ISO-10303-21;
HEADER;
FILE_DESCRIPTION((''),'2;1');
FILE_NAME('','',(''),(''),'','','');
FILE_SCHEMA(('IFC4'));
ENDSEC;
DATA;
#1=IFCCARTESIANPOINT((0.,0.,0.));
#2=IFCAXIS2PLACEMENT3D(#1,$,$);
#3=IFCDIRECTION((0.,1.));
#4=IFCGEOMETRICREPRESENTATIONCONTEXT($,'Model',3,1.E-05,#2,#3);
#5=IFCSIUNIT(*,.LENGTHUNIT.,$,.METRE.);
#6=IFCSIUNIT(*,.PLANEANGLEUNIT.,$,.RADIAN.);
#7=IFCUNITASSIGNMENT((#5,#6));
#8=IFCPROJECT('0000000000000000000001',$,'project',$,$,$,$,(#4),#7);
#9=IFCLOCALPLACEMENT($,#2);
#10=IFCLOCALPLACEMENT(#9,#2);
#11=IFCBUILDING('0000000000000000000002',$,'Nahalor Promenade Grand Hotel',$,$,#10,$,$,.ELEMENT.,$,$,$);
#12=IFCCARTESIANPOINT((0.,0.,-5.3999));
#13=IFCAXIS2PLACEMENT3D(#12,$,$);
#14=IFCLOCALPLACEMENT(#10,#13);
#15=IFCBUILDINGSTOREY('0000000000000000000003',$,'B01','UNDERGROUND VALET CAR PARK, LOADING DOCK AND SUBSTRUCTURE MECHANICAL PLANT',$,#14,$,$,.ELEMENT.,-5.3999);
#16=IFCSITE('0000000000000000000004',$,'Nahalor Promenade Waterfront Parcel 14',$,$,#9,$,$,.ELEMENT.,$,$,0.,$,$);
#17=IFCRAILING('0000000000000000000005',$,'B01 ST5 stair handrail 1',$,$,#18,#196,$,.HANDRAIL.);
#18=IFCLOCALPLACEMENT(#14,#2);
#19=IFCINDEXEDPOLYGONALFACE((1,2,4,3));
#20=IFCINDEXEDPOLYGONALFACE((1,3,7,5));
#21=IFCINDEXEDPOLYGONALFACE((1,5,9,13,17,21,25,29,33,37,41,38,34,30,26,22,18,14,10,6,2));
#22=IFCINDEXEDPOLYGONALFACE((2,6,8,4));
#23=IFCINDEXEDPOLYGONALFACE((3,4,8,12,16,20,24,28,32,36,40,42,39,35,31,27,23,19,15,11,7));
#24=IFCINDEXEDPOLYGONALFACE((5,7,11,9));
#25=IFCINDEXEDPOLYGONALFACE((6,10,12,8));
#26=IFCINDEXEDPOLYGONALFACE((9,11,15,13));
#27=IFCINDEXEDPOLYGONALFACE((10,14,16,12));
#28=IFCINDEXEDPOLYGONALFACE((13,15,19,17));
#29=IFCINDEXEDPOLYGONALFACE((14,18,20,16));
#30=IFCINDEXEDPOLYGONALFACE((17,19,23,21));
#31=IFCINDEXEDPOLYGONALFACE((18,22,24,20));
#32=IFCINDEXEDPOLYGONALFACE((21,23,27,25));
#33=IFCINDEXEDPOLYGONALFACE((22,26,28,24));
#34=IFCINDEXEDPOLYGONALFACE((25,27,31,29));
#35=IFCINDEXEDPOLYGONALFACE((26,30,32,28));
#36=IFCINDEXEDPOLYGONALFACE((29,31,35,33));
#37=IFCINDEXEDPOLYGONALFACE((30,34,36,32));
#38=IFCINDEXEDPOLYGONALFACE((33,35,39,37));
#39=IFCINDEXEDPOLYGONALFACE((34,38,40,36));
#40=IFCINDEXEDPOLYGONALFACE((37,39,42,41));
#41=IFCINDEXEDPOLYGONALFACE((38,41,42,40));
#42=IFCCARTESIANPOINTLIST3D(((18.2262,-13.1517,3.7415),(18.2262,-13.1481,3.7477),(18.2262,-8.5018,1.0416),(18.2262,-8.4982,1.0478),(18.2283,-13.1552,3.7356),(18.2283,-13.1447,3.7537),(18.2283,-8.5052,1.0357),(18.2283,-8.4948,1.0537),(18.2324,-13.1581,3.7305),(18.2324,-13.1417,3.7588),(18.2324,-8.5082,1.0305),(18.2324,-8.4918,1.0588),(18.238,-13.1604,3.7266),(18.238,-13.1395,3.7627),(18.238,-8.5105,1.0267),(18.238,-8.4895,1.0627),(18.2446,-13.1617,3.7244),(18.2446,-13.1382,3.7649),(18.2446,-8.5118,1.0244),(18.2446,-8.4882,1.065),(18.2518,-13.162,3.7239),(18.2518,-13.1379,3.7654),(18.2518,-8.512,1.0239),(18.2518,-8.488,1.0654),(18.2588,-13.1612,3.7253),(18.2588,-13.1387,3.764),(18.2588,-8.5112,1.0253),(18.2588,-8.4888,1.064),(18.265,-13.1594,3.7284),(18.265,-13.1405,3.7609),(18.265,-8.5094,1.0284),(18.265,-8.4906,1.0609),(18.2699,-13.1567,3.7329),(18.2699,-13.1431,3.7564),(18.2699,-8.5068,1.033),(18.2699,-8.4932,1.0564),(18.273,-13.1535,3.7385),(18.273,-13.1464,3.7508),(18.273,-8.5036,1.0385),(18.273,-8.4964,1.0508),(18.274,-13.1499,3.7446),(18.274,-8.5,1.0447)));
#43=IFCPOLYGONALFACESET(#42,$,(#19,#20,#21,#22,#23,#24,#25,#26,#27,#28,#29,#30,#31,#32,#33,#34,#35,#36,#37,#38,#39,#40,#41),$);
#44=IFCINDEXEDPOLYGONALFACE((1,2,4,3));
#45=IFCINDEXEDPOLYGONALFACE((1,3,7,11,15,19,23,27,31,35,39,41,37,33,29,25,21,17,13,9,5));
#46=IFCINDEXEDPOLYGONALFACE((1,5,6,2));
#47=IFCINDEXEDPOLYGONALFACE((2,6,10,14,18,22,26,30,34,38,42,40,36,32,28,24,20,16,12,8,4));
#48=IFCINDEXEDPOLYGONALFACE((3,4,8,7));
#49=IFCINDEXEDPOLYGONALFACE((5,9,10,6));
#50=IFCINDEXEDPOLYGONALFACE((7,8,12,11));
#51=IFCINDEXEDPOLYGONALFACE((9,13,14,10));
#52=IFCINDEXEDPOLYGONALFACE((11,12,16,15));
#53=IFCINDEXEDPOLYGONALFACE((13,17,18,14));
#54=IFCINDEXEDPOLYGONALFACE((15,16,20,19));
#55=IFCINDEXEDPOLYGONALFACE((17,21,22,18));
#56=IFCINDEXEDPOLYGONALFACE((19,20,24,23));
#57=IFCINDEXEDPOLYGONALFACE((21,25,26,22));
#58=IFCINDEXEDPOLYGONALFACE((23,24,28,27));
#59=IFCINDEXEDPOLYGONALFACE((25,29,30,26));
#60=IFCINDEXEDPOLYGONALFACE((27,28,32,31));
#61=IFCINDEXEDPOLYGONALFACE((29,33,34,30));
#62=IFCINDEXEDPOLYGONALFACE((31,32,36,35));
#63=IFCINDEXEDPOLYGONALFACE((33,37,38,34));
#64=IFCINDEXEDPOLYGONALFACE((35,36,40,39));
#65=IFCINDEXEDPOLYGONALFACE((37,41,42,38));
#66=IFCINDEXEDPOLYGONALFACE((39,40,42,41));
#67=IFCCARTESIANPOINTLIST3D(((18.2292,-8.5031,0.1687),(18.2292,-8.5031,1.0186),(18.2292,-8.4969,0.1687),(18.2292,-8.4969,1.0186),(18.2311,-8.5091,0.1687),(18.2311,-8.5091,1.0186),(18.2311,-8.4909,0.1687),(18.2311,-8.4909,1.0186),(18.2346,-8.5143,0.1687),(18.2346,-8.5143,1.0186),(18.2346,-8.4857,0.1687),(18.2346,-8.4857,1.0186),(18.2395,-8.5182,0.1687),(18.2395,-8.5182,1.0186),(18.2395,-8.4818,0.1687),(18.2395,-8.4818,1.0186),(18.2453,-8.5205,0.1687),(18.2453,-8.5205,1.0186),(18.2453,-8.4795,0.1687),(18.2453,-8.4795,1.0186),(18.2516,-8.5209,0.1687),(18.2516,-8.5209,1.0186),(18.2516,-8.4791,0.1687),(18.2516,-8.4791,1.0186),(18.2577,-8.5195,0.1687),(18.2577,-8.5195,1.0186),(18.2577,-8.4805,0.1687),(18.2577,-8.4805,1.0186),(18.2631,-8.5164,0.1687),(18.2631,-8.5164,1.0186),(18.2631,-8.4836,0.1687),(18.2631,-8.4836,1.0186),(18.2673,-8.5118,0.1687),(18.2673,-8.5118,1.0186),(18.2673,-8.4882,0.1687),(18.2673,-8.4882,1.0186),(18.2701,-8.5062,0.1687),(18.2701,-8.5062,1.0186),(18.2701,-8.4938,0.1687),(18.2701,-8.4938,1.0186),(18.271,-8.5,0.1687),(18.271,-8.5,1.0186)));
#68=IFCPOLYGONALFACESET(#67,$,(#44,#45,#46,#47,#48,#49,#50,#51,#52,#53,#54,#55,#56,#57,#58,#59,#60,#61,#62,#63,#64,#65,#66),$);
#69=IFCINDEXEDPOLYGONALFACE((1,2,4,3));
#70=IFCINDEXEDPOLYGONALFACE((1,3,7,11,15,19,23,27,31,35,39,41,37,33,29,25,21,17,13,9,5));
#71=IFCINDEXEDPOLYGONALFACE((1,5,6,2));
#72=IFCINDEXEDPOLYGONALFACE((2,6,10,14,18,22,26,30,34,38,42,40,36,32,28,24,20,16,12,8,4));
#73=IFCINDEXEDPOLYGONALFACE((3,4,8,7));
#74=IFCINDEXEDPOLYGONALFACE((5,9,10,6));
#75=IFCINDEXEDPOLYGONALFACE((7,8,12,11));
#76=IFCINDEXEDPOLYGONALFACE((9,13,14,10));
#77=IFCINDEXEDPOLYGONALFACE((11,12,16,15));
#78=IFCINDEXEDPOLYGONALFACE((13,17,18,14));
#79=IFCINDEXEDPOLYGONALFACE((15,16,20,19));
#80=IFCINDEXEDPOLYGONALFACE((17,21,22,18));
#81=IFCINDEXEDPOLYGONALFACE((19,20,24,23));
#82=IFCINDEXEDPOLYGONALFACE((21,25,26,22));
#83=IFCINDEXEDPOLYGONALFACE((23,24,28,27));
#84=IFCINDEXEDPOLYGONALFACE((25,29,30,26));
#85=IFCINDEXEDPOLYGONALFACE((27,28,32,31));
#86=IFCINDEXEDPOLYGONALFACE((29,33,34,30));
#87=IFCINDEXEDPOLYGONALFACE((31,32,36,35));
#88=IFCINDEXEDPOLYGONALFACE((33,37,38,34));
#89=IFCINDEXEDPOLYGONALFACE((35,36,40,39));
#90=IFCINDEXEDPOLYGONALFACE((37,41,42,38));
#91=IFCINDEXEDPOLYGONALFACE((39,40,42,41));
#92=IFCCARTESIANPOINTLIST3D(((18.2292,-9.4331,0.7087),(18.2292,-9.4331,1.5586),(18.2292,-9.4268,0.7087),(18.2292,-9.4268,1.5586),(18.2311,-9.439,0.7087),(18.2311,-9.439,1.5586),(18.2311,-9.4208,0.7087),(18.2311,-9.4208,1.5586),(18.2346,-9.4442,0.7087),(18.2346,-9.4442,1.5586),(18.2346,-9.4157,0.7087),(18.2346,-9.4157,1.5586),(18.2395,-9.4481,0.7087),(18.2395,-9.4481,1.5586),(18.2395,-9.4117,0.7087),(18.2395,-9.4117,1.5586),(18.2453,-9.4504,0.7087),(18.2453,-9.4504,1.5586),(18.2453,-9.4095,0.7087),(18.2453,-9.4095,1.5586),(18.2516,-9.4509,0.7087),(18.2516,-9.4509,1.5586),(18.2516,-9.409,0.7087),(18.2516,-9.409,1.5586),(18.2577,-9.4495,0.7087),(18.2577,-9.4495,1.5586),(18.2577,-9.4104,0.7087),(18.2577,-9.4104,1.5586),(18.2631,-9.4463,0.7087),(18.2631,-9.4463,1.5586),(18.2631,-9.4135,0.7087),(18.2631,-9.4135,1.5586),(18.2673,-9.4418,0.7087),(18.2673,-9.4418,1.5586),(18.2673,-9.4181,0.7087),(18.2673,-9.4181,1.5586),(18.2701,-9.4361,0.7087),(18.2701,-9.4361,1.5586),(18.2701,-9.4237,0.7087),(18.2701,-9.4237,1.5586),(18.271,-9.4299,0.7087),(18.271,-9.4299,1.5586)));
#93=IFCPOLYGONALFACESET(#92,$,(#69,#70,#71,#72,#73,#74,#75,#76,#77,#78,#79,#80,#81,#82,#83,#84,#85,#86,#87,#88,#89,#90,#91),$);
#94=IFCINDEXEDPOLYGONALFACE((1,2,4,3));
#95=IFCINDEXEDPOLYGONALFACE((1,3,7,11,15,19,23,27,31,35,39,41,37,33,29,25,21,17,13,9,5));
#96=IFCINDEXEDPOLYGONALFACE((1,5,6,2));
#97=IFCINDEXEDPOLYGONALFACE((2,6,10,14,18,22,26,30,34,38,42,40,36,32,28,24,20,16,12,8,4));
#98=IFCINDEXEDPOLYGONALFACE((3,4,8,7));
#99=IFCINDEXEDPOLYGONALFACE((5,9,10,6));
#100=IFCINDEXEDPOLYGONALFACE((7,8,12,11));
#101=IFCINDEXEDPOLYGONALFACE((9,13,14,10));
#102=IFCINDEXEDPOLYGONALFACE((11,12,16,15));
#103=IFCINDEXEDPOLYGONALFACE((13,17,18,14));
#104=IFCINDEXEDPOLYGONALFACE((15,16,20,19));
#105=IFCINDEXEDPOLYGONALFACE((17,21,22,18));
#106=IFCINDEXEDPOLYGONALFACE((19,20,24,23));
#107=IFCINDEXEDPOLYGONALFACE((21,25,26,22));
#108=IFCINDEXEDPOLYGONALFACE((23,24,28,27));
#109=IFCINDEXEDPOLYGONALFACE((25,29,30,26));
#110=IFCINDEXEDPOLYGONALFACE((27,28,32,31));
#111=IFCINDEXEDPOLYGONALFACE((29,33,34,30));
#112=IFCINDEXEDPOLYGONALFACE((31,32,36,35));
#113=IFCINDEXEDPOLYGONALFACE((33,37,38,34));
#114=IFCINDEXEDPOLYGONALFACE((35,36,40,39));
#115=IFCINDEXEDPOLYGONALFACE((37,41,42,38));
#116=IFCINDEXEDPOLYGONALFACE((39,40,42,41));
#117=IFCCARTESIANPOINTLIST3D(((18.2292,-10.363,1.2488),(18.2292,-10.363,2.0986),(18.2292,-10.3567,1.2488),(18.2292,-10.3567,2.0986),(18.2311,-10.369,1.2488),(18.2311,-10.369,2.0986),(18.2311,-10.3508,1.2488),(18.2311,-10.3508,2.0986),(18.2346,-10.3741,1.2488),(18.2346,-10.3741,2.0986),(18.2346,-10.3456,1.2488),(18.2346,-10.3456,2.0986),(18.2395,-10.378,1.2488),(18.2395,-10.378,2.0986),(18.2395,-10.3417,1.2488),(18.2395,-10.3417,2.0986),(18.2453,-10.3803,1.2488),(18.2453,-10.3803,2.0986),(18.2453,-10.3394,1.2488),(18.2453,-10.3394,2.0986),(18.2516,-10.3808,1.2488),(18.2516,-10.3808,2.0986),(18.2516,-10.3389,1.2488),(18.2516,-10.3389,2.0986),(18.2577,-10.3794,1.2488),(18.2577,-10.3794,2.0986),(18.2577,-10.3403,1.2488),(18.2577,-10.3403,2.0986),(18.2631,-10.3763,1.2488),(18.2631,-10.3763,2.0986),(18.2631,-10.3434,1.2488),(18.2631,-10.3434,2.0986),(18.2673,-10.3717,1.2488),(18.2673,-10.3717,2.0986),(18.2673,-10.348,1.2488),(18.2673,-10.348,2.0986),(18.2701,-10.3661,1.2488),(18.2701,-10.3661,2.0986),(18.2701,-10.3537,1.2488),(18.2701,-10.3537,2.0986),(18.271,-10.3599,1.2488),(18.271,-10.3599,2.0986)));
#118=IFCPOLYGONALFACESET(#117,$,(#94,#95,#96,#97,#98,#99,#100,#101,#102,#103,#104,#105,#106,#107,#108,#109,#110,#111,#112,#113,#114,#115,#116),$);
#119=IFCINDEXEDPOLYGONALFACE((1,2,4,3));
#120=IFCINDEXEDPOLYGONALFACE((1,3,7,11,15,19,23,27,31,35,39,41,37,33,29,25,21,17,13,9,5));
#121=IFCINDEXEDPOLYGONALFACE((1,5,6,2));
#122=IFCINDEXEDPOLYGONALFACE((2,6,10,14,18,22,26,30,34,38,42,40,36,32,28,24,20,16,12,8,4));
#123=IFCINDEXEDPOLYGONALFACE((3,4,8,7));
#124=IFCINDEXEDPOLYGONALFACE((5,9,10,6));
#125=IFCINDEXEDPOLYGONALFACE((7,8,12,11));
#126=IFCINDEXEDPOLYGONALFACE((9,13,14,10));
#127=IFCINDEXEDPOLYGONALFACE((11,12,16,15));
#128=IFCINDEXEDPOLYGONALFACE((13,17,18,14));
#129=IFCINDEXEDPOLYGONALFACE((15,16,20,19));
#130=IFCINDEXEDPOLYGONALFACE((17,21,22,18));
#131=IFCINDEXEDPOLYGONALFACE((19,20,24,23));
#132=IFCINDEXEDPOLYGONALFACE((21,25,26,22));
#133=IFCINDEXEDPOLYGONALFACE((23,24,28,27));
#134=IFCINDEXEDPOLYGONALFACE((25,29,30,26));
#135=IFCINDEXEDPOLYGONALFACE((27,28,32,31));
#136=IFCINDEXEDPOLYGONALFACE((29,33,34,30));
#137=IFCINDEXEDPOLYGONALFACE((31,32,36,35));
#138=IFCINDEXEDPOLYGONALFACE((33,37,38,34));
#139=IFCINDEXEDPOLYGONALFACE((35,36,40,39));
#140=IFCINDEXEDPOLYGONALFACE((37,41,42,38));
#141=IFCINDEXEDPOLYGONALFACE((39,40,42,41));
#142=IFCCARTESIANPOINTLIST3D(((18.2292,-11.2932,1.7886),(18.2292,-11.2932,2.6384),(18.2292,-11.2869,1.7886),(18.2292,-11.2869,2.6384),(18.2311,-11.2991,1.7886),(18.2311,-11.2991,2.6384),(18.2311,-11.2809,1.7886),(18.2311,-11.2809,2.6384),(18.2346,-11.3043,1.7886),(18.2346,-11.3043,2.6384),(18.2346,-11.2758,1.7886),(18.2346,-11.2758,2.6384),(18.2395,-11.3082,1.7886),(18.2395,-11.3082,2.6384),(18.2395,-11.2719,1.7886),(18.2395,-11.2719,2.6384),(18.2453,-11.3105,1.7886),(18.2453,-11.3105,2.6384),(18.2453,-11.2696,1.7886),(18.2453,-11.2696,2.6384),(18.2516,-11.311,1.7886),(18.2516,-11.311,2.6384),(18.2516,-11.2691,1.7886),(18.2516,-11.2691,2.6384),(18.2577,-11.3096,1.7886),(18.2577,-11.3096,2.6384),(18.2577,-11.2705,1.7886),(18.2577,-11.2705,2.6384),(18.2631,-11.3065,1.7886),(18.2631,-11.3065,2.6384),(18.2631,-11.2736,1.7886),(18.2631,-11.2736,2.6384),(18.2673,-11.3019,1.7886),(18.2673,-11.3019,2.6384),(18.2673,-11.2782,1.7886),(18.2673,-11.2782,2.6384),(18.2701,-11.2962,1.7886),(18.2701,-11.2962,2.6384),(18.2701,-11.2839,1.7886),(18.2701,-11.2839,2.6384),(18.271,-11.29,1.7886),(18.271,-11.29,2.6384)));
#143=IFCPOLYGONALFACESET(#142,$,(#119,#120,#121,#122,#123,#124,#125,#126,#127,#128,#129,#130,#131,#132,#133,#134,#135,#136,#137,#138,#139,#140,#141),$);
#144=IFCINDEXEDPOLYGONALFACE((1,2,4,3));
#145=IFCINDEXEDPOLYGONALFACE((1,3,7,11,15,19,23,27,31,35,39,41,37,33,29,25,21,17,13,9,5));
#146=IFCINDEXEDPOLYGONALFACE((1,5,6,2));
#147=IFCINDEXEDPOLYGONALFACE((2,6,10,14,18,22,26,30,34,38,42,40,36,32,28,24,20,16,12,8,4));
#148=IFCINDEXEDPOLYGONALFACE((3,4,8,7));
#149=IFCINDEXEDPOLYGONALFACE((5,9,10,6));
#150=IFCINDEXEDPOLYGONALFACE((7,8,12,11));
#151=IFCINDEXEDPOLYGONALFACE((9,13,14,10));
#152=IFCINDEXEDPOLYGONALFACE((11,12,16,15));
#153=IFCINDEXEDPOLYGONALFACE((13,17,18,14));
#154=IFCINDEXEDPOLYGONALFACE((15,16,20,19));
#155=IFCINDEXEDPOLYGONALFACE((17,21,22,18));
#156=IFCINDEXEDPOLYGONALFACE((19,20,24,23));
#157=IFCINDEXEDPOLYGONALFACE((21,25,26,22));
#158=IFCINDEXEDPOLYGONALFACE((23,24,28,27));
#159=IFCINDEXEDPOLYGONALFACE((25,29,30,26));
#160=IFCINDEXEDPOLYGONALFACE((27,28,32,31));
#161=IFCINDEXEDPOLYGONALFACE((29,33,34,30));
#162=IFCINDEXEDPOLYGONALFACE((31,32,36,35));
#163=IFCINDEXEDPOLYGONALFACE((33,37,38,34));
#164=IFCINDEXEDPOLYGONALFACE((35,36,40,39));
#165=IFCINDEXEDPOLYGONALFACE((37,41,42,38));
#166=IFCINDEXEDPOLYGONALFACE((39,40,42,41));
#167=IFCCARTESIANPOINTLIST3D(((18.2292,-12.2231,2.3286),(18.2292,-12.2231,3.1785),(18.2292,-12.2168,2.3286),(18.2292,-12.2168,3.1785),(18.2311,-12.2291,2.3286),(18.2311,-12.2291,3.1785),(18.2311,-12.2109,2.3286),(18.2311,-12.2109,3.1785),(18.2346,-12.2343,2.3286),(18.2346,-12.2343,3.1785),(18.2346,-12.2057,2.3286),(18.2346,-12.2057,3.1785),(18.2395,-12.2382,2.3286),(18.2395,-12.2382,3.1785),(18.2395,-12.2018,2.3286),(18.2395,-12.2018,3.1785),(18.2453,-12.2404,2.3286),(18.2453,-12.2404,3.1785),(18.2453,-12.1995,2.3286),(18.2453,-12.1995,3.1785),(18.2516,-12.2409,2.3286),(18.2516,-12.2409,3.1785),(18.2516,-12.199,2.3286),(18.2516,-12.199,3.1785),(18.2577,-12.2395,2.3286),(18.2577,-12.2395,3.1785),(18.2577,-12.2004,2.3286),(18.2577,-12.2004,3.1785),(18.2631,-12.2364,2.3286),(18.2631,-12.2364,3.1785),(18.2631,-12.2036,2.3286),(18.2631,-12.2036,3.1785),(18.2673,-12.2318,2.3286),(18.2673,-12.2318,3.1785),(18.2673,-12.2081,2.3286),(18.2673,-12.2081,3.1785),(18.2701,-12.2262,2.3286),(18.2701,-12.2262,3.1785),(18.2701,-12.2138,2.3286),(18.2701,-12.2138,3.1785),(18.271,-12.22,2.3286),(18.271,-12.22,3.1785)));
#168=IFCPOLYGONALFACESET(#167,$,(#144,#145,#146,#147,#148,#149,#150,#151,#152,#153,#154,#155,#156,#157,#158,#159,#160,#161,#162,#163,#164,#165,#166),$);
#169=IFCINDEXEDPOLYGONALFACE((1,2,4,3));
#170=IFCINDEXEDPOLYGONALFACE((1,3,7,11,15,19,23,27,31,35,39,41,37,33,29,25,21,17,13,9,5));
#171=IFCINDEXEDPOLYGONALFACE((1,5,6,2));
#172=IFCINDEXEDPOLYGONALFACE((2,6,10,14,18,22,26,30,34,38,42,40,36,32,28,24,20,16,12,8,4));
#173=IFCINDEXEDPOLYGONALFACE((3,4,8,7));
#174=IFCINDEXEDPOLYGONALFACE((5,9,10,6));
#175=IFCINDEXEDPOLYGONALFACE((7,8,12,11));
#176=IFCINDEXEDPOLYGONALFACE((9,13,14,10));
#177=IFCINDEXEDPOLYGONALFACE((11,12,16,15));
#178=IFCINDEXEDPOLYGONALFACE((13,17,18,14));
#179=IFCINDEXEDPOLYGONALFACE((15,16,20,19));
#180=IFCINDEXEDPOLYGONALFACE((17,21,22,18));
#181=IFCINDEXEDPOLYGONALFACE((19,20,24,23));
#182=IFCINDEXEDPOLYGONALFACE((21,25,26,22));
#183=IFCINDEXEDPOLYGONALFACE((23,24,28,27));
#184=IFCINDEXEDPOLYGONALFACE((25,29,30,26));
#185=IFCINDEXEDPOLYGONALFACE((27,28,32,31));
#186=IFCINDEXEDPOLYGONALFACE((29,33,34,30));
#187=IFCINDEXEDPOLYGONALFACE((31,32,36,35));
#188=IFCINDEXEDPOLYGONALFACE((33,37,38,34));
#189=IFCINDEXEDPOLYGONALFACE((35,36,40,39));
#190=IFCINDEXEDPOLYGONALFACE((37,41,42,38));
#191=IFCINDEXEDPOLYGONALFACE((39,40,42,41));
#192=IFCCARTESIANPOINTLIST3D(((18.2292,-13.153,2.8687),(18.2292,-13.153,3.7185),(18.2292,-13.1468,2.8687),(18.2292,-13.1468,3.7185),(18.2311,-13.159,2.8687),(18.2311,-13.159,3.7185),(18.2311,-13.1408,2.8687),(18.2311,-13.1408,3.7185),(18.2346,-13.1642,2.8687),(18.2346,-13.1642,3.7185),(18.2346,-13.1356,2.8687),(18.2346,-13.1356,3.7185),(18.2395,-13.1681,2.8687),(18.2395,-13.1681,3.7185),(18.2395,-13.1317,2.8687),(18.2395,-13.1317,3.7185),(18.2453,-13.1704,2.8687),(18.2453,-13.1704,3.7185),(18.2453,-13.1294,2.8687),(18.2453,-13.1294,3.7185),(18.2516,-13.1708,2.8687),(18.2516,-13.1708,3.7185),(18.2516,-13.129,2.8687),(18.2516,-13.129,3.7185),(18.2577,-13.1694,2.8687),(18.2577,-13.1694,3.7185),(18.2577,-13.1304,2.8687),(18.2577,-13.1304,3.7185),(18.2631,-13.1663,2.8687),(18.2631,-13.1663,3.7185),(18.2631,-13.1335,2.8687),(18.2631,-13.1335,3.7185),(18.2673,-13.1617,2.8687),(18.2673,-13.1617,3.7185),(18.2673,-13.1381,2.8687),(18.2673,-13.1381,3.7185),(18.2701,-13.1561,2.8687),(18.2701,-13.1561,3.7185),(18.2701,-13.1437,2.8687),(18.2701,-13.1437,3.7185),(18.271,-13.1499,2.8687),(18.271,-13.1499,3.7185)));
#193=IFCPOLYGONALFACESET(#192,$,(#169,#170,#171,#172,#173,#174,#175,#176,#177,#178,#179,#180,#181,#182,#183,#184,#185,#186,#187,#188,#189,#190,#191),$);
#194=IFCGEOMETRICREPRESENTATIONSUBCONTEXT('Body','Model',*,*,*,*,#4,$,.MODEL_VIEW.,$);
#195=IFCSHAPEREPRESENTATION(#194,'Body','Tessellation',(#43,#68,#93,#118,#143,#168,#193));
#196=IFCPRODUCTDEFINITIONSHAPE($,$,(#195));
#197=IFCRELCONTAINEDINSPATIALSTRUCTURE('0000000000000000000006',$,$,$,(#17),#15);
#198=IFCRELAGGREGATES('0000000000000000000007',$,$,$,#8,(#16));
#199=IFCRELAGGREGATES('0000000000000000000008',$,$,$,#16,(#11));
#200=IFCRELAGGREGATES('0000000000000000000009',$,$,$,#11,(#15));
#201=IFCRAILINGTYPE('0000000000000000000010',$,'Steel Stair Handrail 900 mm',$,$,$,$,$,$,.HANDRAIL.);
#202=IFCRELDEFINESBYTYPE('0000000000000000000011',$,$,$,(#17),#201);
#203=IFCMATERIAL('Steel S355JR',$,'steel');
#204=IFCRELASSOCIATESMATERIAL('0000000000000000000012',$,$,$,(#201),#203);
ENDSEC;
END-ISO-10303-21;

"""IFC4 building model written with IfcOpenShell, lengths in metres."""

from ifc_helpers import new_model, si_unit, direction, frame, origin, origin_2d, place, context, subcontext, project, spatial, circle, extrude, material, type_object, element, save


model = new_model("IFC4")

# Units and contexts
model_context = context("Model", 3, precision=1e-05, world=origin(), true_north=direction((0.0, 1.0)))
body_context = subcontext(model_context, "Body", "Model", "MODEL_VIEW")
ifc_project = project(units=[si_unit("LENGTHUNIT", "METRE"), si_unit("PLANEANGLEUNIT", "RADIAN")], contexts=[model_context])

# Site, building, storey
site_placement = place(None, origin())
site = spatial("IfcSite", under=ifc_project, at=site_placement, Name="Nahalor Promenade Waterfront Parcel 14", CompositionType="ELEMENT", RefElevation=0.0)
building_placement = place(site_placement, origin())
building = spatial("IfcBuilding", under=site, at=building_placement, Name="Nahalor Promenade Grand Hotel", CompositionType="ELEMENT")
storey_placement = place(building_placement, frame((0.0, 0.0, -5.3999)))
storey = spatial("IfcBuildingStorey", under=building, at=storey_placement, Name="B01", Description="UNDERGROUND VALET CAR PARK, LOADING DOCK AND SUBSTRUCTURE MECHANICAL PLANT", CompositionType="ELEMENT", Elevation=-5.3999)

# Shared definitions
ifc_material_1 = material(Name="Steel S355JR", Category="steel")

# Railing
railing_type_1 = type_object("IfcRailingType", Name="Steel Stair Handrail 900 mm", PredefinedType="HANDRAIL", material=ifc_material_1)
railing_1_placement = place(storey_placement, frame((18.25, -8.5, 0.1687)))
element("IfcRailing", 1, at=railing_1_placement, inside=storey, type_object=railing_type_1, Name="B01 ST5 stair handrail 1", PredefinedType="HANDRAIL", context=body_context, shape_type="SweptSolid", body=[
    extrude(circle(Radius=0.024, at=origin_2d()), frame((0.0, 0.0, 0.876), z_axis=(0.0, -0.864788, 0.502137), x_axis=(1.0, 0.0, 0.0)), (0.0, 0.0, 1.0), 5.377),
    extrude(circle(Radius=0.021, at=origin_2d()), origin(), (0.0, 0.0, 1.0), 0.8499),
    extrude(circle(Radius=0.021, at=origin_2d()), frame((0.0, -0.9299, 0.54)), (0.0, 0.0, 1.0), 0.8499),
    extrude(circle(Radius=0.021, at=origin_2d()), frame((0.0, -1.8599, 1.0801)), (0.0, 0.0, 1.0), 0.8499),
    extrude(circle(Radius=0.021, at=origin_2d()), frame((0.0, -2.79, 1.6199)), (0.0, 0.0, 1.0), 0.8499),
    extrude(circle(Radius=0.021, at=origin_2d()), frame((0.0, -3.72, 2.1599)), (0.0, 0.0, 1.0), 0.8499),
    extrude(circle(Radius=0.021, at=origin_2d()), frame((0.0, -4.6499, 2.7)), (0.0, 0.0, 1.0), 0.8499),
])

save(model, "model.ifc")
